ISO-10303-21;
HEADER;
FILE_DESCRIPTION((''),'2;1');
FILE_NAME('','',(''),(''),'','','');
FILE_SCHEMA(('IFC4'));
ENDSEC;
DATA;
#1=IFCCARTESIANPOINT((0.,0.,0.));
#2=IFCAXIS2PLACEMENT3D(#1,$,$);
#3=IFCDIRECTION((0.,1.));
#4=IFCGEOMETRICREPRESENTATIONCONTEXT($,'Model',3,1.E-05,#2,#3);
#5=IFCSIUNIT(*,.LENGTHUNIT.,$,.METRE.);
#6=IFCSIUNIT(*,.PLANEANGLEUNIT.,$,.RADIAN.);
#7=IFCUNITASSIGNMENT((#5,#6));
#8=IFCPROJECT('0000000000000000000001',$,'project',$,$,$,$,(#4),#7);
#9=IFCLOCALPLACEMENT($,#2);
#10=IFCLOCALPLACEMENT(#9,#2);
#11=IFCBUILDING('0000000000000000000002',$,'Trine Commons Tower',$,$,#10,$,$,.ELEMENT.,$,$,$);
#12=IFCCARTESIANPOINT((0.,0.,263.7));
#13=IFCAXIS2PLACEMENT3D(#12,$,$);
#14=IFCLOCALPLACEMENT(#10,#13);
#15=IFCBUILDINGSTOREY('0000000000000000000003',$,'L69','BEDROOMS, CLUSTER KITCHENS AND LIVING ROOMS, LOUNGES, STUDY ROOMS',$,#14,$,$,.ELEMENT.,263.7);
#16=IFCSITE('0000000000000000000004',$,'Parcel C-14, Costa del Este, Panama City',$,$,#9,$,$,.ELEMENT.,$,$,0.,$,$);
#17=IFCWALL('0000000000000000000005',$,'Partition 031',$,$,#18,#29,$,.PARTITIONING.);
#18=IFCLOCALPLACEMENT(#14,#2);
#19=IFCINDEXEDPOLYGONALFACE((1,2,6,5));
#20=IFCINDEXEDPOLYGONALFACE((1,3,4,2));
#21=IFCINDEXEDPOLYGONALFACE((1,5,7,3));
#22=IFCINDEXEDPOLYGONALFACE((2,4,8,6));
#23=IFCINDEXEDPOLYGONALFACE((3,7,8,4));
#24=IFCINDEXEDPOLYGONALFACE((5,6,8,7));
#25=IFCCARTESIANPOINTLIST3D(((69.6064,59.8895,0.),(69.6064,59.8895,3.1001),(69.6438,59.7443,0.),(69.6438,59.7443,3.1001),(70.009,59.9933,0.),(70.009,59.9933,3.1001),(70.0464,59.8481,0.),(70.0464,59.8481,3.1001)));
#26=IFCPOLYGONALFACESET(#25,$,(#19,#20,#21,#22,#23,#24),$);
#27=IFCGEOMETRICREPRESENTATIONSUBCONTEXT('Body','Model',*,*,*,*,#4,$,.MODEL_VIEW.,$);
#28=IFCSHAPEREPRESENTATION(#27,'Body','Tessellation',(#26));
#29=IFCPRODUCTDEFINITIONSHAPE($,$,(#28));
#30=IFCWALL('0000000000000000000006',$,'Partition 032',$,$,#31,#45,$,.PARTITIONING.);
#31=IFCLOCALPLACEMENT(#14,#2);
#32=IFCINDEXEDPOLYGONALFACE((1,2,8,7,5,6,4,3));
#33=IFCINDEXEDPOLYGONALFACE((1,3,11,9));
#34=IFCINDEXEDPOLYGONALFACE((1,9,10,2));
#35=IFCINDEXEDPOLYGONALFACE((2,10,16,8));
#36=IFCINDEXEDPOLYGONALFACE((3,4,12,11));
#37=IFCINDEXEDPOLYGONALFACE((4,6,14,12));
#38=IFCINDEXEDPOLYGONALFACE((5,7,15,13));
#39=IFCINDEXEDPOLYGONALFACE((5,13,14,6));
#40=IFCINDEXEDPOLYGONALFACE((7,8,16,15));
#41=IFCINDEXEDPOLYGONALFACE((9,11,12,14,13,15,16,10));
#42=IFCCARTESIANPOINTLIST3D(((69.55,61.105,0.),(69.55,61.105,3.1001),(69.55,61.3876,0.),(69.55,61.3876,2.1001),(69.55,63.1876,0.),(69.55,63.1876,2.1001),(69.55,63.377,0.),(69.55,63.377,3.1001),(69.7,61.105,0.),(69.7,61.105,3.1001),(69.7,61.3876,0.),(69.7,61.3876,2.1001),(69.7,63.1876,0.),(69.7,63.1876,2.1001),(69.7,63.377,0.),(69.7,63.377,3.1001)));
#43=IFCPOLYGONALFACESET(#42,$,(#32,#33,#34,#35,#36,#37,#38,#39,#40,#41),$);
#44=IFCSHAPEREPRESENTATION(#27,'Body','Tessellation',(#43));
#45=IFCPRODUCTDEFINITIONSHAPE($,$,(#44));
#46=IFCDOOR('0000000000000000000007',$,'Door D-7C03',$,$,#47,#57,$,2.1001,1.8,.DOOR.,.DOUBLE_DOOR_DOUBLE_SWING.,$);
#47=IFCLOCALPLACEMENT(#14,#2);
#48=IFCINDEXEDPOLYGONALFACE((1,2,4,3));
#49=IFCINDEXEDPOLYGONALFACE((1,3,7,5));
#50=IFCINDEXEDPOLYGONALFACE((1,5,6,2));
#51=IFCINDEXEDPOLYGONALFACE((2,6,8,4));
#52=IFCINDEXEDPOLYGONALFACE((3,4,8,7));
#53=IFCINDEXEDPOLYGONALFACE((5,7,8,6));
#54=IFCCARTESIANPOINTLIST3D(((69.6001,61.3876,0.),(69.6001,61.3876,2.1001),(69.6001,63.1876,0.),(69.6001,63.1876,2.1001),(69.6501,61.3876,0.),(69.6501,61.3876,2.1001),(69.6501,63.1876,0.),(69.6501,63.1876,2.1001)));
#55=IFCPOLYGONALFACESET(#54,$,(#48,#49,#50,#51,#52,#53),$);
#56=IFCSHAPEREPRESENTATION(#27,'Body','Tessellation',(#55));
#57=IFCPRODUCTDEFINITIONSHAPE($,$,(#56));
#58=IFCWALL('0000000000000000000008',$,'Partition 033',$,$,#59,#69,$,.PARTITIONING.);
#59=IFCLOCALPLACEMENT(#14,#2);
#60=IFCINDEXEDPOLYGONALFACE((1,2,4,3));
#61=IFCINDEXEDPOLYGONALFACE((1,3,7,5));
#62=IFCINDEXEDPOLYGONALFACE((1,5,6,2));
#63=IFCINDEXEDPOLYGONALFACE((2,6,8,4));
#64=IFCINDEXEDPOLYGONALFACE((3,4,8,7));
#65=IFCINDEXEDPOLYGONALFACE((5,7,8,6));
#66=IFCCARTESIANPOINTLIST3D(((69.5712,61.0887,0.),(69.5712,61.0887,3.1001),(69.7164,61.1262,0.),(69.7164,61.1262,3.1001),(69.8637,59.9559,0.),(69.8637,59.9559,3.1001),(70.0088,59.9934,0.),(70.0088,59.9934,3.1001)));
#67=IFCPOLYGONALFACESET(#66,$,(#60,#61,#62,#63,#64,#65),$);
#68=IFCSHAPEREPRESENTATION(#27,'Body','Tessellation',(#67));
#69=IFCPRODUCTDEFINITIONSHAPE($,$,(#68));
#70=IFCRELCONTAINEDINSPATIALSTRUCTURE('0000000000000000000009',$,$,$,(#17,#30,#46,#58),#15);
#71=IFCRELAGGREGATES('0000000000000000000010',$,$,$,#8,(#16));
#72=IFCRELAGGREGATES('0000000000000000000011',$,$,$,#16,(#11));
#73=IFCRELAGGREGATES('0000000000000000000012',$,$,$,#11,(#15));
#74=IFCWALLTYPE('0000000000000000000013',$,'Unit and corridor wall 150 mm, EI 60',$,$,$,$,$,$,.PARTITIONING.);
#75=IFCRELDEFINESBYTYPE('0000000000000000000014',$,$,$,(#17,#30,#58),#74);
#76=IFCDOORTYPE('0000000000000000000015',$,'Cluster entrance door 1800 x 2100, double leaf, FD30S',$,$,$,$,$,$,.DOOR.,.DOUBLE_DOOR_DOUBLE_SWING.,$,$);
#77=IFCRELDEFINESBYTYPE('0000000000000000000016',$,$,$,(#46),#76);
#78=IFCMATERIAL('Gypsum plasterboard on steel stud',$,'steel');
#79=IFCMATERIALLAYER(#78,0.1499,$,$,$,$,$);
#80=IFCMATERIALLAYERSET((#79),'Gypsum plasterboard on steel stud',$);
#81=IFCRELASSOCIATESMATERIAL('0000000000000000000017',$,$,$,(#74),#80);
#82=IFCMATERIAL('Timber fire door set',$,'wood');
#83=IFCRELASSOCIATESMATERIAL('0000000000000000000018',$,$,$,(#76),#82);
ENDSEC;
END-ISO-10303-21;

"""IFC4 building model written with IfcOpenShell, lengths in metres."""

from ifc_helpers import new_model, si_unit, direction, frame, frame_2d, origin, place, context, subcontext, project, spatial, rectangle, extrude, material, layer, layer_set, type_object, element, fill, save


model = new_model("IFC4")

# Units and contexts
model_context = context("Model", 3, precision=1e-05, world=origin(), true_north=direction((0.0, 1.0)))
body_context = subcontext(model_context, "Body", "Model", "MODEL_VIEW")
ifc_project = project(units=[si_unit("LENGTHUNIT", "METRE"), si_unit("PLANEANGLEUNIT", "RADIAN")], contexts=[model_context])

# Site, building, storey
site_placement = place(None, origin())
site = spatial("IfcSite", under=ifc_project, at=site_placement, Name="Parcel C-14, Costa del Este, Panama City", CompositionType="ELEMENT", RefElevation=0.0)
building_placement = place(site_placement, origin())
building = spatial("IfcBuilding", under=site, at=building_placement, Name="Trine Commons Tower", CompositionType="ELEMENT")
storey_placement = place(building_placement, frame((0.0, 0.0, 263.7)))
storey = spatial("IfcBuildingStorey", under=building, at=storey_placement, Name="L69", Description="BEDROOMS, CLUSTER KITCHENS AND LIVING ROOMS, LOUNGES, STUDY ROOMS", CompositionType="ELEMENT", Elevation=263.7)

# Shared definitions
ifc_material_1 = material(Name="Gypsum plasterboard on steel stud", Category="steel")
ifc_layer_1 = layer(ifc_material_1, 0.1499)
ifc_layer_set_1 = layer_set([ifc_layer_1], Name="Gypsum plasterboard on steel stud")
wall_type_1 = type_object("IfcWallType", Name="Unit and corridor wall 150 mm, EI 60", PredefinedType="PARTITIONING", material=ifc_layer_set_1)

# Wall
wall_1_placement = place(storey_placement, frame((69.625, 59.8169, 0.0), z_axis=(0.0, 0.0, 1.0), x_axis=(0.968355, 0.249576, 0.0)))
element("IfcWall", 1, at=wall_1_placement, inside=storey, type_object=wall_type_1, Name="Partition 031", PredefinedType="PARTITIONING", context=body_context, shape_type="SweptSolid", body=[
    extrude(rectangle(XDim=0.4158, YDim=0.1499, at=frame_2d((0.208, 0.0))), origin(), (0.0, 0.0, 1.0), 3.1001),
])

# Wall, opening, door
wall_2_placement = place(storey_placement, frame((69.625, 61.105, 0.0), z_axis=(0.0, 0.0, 1.0), x_axis=(0.0, 1.0, 0.0)))
wall_2 = element("IfcWall", 2, at=wall_2_placement, inside=storey, type_object=wall_type_1, Name="Partition 032", PredefinedType="PARTITIONING", context=body_context, shape_type="SweptSolid", body=[
    extrude(rectangle(XDim=2.272, YDim=0.1499, at=frame_2d((1.136, 0.0))), origin(), (0.0, 0.0, 1.0), 3.1001),
])
opening_1_placement = place(wall_2_placement, frame((0.2827, 0.0, 0.0)))
opening_1 = element("IfcOpeningElement", 3, at=opening_1_placement, cuts=wall_2, PredefinedType="OPENING", context=body_context, shape_type="SweptSolid", body=[
    extrude(rectangle(XDim=1.8, YDim=2.1001, at=frame_2d((0.8999, 1.05))), frame((0.0, 0.085, 0.0), z_axis=(0.0, -1.0, 0.0), x_axis=(1.0, 0.0, 0.0)), (0.0, 0.0, 1.0), 0.1699),
])
ifc_material_2 = material(Name="Timber fire door set", Category="wood")
door_type_1 = type_object("IfcDoorType", Name="Cluster entrance door 1800 x 2100, double leaf, FD30S", OperationType="DOUBLE_DOOR_DOUBLE_SWING", PredefinedType="DOOR", material=ifc_material_2)
door_1_placement = place(opening_1_placement, origin())
door_1 = element("IfcDoor", 4, at=door_1_placement, inside=storey, type_object=door_type_1, Name="Door D-7C03", OperationType="DOUBLE_DOOR_DOUBLE_SWING", OverallHeight=2.1001, OverallWidth=1.8, PredefinedType="DOOR", context=body_context, shape_type="SweptSolid", body=[
    extrude(rectangle(XDim=1.8, YDim=2.1001, at=frame_2d((0.8999, 1.05))), frame((0.0, 0.0249, 0.0), z_axis=(0.0, -1.0, 0.0), x_axis=(1.0, 0.0, 0.0)), (0.0, 0.0, 1.0), 0.05),
])
fill(opening_1, door_1)

# Wall
wall_3_placement = place(storey_placement, frame((69.6438, 61.1074, 0.0), z_axis=(0.0, 0.0, 1.0), x_axis=(0.249992, -0.968248, 0.0)))
element("IfcWall", 5, at=wall_3_placement, inside=storey, type_object=wall_type_1, Name="Partition 033", PredefinedType="PARTITIONING", context=body_context, shape_type="SweptSolid", body=[
    extrude(rectangle(XDim=1.1699, YDim=0.1499, at=frame_2d((0.585, 0.0))), origin(), (0.0, 0.0, 1.0), 3.1001),
])

save(model, "model.ifc")
